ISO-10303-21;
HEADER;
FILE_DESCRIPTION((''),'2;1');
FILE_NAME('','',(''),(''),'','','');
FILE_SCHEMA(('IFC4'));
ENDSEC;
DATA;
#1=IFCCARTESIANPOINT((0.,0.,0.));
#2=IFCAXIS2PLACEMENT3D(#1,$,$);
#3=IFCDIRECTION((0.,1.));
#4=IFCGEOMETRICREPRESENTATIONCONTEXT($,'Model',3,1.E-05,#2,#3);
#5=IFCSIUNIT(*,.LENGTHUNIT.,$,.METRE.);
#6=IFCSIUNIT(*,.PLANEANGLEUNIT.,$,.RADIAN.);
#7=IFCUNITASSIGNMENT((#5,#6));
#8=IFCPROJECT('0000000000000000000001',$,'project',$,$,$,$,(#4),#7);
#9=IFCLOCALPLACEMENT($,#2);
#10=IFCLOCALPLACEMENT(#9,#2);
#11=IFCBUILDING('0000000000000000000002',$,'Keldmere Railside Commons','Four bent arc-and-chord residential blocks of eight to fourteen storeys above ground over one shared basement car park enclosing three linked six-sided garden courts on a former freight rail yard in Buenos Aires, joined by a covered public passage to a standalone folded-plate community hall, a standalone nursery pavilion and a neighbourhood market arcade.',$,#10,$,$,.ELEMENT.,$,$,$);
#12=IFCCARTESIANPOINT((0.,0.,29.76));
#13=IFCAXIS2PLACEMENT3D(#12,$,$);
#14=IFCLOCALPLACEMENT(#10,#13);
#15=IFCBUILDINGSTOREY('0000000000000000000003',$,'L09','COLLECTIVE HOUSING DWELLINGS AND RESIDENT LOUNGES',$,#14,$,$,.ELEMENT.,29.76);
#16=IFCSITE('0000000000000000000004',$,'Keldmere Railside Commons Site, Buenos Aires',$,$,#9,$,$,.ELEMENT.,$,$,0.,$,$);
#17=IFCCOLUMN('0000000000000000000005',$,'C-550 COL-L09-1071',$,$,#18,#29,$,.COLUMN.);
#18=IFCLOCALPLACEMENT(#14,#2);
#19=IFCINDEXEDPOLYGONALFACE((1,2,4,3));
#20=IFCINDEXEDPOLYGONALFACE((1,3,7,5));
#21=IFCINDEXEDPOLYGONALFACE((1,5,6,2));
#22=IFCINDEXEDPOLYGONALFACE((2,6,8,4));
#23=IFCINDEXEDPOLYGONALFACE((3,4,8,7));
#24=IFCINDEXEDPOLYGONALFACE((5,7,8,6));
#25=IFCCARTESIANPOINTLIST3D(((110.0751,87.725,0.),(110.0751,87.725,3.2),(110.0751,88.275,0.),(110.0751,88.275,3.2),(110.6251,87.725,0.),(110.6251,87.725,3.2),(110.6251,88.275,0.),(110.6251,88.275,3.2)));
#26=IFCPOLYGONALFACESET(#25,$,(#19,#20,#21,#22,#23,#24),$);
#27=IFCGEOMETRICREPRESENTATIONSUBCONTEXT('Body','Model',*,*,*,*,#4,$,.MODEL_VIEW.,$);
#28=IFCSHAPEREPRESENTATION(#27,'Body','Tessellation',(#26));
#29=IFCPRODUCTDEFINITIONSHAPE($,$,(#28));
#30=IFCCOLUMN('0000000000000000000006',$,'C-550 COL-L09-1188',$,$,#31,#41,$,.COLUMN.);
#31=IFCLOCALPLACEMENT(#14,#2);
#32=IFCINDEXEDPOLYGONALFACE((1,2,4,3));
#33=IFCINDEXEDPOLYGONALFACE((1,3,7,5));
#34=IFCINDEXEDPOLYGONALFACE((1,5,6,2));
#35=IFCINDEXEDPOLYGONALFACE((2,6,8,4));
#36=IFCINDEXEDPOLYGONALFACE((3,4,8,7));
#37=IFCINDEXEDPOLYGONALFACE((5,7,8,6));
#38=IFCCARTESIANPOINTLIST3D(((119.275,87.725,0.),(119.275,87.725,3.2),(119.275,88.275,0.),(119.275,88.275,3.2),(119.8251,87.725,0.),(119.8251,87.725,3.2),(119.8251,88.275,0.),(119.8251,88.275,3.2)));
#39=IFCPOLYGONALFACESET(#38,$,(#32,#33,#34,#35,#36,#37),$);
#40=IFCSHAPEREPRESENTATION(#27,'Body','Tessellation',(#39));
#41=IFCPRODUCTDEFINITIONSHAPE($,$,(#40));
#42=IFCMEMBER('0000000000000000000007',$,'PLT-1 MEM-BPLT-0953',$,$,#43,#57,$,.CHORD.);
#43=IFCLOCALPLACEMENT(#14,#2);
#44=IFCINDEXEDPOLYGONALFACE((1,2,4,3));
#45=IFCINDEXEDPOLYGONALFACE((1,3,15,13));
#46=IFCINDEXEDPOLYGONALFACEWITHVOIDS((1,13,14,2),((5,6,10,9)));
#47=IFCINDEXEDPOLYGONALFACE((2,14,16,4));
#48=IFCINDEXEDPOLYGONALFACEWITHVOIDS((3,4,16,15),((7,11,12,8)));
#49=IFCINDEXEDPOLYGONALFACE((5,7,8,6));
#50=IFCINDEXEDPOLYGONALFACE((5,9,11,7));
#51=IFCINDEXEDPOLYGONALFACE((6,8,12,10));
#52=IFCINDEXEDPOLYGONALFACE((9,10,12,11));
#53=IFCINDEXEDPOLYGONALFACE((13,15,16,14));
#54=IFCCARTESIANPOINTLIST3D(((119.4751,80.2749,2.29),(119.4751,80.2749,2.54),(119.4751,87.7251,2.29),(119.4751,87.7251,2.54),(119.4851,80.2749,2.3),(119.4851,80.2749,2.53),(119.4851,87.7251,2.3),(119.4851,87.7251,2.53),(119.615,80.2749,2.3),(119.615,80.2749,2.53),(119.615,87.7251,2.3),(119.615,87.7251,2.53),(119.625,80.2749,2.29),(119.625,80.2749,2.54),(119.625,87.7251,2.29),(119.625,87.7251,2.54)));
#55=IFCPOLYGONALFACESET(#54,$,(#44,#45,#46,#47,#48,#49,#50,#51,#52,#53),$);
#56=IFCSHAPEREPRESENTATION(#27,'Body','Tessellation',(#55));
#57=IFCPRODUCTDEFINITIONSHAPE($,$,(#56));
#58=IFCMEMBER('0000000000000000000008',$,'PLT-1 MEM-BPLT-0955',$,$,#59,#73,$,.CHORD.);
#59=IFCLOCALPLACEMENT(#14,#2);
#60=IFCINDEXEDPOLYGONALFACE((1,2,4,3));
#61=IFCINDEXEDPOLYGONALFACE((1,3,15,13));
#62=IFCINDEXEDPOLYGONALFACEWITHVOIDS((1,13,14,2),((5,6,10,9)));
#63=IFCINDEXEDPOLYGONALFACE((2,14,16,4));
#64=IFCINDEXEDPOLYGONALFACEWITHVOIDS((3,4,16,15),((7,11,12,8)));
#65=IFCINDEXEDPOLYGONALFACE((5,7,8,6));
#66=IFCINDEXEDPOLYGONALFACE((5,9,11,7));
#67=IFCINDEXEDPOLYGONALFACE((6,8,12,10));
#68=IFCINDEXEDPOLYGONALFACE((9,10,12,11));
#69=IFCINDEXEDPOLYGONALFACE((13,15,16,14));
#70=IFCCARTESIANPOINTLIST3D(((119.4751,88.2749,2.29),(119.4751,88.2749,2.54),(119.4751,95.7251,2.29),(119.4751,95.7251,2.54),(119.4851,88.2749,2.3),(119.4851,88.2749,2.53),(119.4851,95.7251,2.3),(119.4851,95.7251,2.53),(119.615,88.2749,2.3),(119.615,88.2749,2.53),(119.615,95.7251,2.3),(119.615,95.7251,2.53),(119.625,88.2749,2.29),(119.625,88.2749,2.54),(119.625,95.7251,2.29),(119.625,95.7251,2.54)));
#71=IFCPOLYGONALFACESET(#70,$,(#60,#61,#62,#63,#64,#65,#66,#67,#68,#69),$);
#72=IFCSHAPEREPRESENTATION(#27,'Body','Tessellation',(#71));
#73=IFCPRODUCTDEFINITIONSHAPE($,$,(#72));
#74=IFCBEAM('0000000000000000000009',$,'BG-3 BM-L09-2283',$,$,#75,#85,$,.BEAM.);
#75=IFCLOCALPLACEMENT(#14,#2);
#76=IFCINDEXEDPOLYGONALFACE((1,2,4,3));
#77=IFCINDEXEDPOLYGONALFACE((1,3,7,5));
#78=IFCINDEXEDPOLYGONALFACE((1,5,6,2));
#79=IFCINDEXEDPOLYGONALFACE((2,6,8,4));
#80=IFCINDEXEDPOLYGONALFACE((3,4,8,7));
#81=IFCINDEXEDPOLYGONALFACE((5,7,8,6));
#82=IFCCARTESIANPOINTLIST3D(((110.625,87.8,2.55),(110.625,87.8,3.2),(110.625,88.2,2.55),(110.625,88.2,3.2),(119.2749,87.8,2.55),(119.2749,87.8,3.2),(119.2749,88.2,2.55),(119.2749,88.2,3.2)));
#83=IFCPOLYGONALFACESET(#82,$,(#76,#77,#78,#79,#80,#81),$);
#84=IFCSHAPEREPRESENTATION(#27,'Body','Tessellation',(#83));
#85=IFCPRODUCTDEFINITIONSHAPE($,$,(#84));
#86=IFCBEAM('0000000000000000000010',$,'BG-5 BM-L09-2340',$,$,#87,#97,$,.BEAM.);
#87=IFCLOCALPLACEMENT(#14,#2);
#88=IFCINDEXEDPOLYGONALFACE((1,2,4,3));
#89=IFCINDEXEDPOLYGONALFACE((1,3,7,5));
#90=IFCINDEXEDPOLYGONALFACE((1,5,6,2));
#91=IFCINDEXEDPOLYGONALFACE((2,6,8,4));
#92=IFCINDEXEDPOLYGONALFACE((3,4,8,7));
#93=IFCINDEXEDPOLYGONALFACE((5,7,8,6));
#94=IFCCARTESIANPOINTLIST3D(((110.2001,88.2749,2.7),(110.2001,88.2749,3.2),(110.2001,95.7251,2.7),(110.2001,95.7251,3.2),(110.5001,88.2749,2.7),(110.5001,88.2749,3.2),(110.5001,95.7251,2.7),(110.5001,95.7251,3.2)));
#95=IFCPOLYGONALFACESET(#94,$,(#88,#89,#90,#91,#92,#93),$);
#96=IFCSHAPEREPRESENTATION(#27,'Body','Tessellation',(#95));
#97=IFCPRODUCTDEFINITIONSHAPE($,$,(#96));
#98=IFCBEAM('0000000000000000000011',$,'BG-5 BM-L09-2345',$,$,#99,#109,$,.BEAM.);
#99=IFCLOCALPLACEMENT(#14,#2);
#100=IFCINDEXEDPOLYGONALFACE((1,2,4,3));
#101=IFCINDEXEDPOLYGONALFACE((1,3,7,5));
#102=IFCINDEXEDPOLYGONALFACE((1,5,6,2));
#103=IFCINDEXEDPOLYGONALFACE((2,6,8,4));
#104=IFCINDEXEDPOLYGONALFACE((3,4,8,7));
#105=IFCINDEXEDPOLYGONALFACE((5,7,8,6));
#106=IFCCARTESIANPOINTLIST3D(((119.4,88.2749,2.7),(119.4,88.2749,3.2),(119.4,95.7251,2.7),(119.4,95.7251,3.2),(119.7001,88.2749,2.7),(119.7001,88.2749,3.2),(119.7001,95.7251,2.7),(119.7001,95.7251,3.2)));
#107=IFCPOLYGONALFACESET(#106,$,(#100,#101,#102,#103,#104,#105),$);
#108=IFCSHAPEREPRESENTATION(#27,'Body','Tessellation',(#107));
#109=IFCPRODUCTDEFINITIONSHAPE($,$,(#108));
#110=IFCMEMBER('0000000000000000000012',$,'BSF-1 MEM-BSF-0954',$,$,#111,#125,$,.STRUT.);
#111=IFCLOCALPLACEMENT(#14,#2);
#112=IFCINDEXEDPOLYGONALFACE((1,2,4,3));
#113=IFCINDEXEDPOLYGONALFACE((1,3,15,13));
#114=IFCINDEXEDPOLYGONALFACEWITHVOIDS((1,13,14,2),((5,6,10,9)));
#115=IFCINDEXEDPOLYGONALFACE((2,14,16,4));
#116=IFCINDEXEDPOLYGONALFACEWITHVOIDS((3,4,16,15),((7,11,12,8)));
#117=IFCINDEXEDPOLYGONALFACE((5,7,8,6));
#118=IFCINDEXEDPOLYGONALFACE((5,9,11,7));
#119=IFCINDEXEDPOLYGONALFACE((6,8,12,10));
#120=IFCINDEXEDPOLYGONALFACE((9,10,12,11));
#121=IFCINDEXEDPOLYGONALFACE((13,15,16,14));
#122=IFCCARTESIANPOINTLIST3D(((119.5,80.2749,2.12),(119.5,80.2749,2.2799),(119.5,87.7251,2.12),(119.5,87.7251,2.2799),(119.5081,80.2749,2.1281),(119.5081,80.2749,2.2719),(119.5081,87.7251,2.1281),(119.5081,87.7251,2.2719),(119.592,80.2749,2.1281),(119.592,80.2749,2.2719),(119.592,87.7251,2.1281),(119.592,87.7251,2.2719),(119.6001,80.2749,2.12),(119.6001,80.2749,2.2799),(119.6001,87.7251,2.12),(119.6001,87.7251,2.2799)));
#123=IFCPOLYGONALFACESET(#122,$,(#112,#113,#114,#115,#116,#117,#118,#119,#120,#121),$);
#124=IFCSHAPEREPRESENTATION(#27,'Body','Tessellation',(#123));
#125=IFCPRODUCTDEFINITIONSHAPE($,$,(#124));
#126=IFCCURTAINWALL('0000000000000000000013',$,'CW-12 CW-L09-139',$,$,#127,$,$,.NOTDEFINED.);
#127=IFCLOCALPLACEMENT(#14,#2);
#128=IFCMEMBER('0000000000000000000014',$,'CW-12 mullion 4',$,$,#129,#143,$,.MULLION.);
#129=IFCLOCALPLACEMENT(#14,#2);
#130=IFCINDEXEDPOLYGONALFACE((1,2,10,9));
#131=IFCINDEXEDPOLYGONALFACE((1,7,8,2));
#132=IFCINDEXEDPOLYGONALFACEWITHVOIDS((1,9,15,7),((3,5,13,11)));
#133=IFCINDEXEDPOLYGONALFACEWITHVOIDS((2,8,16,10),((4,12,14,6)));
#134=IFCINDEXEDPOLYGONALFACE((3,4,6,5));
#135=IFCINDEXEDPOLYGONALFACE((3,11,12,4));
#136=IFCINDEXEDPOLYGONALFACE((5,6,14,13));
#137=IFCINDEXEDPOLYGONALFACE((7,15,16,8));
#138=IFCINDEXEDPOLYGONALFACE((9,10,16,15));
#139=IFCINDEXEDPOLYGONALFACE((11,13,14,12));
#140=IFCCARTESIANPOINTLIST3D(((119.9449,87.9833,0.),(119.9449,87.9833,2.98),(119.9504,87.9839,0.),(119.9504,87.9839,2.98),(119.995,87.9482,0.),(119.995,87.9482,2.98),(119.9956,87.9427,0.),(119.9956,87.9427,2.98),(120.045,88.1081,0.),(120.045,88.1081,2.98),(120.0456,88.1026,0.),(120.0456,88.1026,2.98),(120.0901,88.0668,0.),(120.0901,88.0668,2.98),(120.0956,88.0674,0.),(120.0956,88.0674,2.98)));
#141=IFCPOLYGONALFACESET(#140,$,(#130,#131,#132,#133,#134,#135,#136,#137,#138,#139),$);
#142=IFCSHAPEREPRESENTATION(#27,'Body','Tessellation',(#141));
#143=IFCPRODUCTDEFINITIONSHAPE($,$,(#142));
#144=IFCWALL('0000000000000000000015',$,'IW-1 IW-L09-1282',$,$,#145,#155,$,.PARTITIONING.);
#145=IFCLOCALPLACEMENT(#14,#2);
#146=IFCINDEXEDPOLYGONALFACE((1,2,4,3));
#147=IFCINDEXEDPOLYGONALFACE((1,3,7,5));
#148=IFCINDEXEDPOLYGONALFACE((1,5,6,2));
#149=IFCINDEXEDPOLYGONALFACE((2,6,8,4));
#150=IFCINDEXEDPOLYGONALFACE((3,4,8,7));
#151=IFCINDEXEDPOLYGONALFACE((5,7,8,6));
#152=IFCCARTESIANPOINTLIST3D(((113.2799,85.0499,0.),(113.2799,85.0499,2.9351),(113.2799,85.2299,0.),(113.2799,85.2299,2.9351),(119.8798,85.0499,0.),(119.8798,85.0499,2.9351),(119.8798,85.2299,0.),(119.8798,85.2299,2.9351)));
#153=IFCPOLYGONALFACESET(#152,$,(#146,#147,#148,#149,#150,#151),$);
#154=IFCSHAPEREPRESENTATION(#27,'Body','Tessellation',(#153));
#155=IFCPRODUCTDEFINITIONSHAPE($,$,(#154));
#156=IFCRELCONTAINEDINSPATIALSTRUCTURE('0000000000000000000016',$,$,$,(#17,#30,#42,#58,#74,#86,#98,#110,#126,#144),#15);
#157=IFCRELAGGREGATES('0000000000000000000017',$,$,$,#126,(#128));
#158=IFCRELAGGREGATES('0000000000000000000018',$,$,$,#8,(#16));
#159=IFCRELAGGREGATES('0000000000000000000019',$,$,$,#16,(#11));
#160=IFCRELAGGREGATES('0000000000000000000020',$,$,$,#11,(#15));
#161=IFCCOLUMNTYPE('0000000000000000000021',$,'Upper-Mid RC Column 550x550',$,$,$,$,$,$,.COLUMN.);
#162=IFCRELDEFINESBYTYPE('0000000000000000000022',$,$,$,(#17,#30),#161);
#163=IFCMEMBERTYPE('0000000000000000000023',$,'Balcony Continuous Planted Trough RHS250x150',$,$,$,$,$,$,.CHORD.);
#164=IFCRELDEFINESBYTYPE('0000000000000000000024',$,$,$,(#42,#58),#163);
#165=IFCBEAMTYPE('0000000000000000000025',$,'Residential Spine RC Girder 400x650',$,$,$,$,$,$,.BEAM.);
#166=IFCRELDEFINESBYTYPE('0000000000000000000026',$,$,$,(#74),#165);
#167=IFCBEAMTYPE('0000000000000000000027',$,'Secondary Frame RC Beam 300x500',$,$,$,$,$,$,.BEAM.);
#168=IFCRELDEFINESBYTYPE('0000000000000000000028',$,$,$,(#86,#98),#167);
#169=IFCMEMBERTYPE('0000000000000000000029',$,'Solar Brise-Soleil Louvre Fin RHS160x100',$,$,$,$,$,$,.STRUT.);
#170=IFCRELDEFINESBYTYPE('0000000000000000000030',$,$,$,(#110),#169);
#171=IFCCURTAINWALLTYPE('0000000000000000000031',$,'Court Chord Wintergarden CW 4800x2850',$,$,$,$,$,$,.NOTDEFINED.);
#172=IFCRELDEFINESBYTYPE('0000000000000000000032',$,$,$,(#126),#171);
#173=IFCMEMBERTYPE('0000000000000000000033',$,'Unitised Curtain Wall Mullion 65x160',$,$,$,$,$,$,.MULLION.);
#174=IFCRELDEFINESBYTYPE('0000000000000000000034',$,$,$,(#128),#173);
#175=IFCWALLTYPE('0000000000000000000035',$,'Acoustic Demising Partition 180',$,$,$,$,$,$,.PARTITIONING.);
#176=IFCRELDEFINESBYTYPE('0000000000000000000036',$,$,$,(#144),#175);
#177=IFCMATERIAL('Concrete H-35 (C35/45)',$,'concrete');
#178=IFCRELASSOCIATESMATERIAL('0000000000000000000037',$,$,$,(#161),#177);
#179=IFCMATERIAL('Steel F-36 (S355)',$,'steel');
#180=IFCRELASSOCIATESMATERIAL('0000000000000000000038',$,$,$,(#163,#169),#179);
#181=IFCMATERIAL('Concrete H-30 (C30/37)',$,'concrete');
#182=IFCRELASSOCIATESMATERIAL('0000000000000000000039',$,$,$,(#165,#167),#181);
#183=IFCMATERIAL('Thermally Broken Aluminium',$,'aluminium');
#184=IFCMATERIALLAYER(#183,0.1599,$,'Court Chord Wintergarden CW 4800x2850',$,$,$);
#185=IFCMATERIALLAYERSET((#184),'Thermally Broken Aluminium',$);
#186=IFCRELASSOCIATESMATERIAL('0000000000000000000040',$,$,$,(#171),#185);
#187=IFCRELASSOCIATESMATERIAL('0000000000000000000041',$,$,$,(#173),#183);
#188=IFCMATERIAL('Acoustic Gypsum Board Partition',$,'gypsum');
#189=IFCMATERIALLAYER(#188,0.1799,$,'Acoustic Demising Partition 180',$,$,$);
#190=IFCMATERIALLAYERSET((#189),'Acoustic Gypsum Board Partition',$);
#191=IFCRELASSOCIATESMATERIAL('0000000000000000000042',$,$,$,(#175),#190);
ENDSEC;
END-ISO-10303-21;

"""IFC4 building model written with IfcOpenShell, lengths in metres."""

from ifc_helpers import new_model, si_unit, direction, frame, frame_2d, origin, origin_2d, place, context, subcontext, project, spatial, rectangle, hollow_rectangle, extrude, material, layer, layer_set, material_profile, profile_set, type_object, element, aggregate, save


model = new_model("IFC4")

# Units and contexts
model_context = context("Model", 3, precision=1e-05, world=origin(), true_north=direction((0.0, 1.0)))
body_context = subcontext(model_context, "Body", "Model", "MODEL_VIEW")
ifc_project = project(units=[si_unit("LENGTHUNIT", "METRE"), si_unit("PLANEANGLEUNIT", "RADIAN")], contexts=[model_context])

# Site, building, storey
site_placement = place(None, origin())
site = spatial("IfcSite", under=ifc_project, at=site_placement, Name="Keldmere Railside Commons Site, Buenos Aires", CompositionType="ELEMENT", RefElevation=0.0)
building_placement = place(site_placement, origin())
building = spatial("IfcBuilding", under=site, at=building_placement, Name="Keldmere Railside Commons", Description="Four bent arc-and-chord residential blocks of eight to fourteen storeys above ground over one shared basement car park enclosing three linked six-sided garden courts on a former freight rail yard in Buenos Aires, joined by a covered public passage to a standalone folded-plate community hall, a standalone nursery pavilion and a neighbourhood market arcade.", CompositionType="ELEMENT")
storey_placement = place(building_placement, frame((0.0, 0.0, 29.76)))
storey = spatial("IfcBuildingStorey", under=building, at=storey_placement, Name="L09", Description="COLLECTIVE HOUSING DWELLINGS AND RESIDENT LOUNGES", CompositionType="ELEMENT", Elevation=29.76)

# Columns
ifc_material_1 = material(Name="Concrete H-35 (C35/45)", Category="concrete")
ifc_material_profile_1 = material_profile(ifc_material_1, rectangle(XDim=0.55, YDim=0.55, at=origin_2d()), Name="RC-550x550")
ifc_profile_set_1 = profile_set([ifc_material_profile_1], Name="Concrete H-35 (C35/45)")
column_type = type_object("IfcColumnType", Name="Upper-Mid RC Column 550x550", PredefinedType="COLUMN", material=ifc_profile_set_1)
for number, where, z_axis, x_axis, name in (
    (1, (110.3501, 88.0, 0.0), (0.0, 0.0, 1.0), (1.0, 0.0, 0.0), "C-550 COL-L09-1071"),
    (2, (119.55, 88.0, 0.0), (0.0, 0.0, 1.0), (1.0, 0.0, 0.0), "C-550 COL-L09-1188"),
):
    element("IfcColumn", number, at=place(storey_placement, frame(where, z_axis=z_axis, x_axis=x_axis)), inside=storey, type_object=column_type, Name=name, PredefinedType="COLUMN", context=body_context, shape_type="SweptSolid", body=[
        extrude(rectangle(XDim=0.55, YDim=0.55, at=origin_2d()), origin(), (0.0, 0.0, 1.0), 3.2),
    ])

# Members
ifc_material_2 = material(Name="Steel F-36 (S355)", Category="steel")
ifc_material_profile_2 = material_profile(ifc_material_2, hollow_rectangle(XDim=0.1499, YDim=0.25, WallThickness=0.01, at=origin_2d()), Name="RHS-250x150x10")
ifc_profile_set_2 = profile_set([ifc_material_profile_2], Name="Steel F-36 (S355)")
member_type_1 = type_object("IfcMemberType", Name="Balcony Continuous Planted Trough RHS250x150", PredefinedType="CHORD", material=ifc_profile_set_2)
for number, where, z_axis, x_axis, name in (
    (3, (119.55, 80.2749, 2.415), (0.0, 1.0, 0.0), (-1.0, 0.0, 0.0), "PLT-1 MEM-BPLT-0953"),
    (4, (119.55, 88.2749, 2.415), (0.0, 1.0, 0.0), (-1.0, 0.0, 0.0), "PLT-1 MEM-BPLT-0955"),
):
    element("IfcMember", number, at=place(storey_placement, frame(where, z_axis=z_axis, x_axis=x_axis)), inside=storey, type_object=member_type_1, Name=name, PredefinedType="CHORD", context=body_context, shape_type="SweptSolid", body=[
        extrude(hollow_rectangle(XDim=0.1499, YDim=0.25, WallThickness=0.01, at=origin_2d()), origin(), (0.0, 0.0, 1.0), 7.4502),
    ])

# Beams
ifc_material_3 = material(Name="Concrete H-30 (C30/37)", Category="concrete")
ifc_material_profile_3 = material_profile(ifc_material_3, rectangle(XDim=0.3999, YDim=0.6499, at=origin_2d()), Name="RC-400x650")
ifc_profile_set_3 = profile_set([ifc_material_profile_3], Name="Concrete H-30 (C30/37)")
beam_type_1 = type_object("IfcBeamType", Name="Residential Spine RC Girder 400x650", PredefinedType="BEAM", material=ifc_profile_set_3)
beam_placement = place(storey_placement, frame((110.625, 88.0, 2.875), z_axis=(1.0, 0.0, 0.0), x_axis=(0.0, 1.0, 0.0)))
element("IfcBeam", 5, at=beam_placement, inside=storey, type_object=beam_type_1, Name="BG-3 BM-L09-2283", PredefinedType="BEAM", context=body_context, shape_type="SweptSolid", body=[
    extrude(rectangle(XDim=0.3999, YDim=0.6499, at=origin_2d()), origin(), (0.0, 0.0, 1.0), 8.6499),
])
ifc_material_profile_4 = material_profile(ifc_material_3, rectangle(XDim=0.3, YDim=0.5, at=origin_2d()), Name="RC-300x500")
ifc_profile_set_4 = profile_set([ifc_material_profile_4], Name="Concrete H-30 (C30/37)")
beam_type_2 = type_object("IfcBeamType", Name="Secondary Frame RC Beam 300x500", PredefinedType="BEAM", material=ifc_profile_set_4)
for number, where, z_axis, x_axis, name in (
    (6, (110.3501, 88.2749, 2.95), (0.0, 1.0, 0.0), (-1.0, 0.0, 0.0), "BG-5 BM-L09-2340"),
    (7, (119.55, 88.2749, 2.95), (0.0, 1.0, 0.0), (-1.0, 0.0, 0.0), "BG-5 BM-L09-2345"),
):
    element("IfcBeam", number, at=place(storey_placement, frame(where, z_axis=z_axis, x_axis=x_axis)), inside=storey, type_object=beam_type_2, Name=name, PredefinedType="BEAM", context=body_context, shape_type="SweptSolid", body=[
        extrude(rectangle(XDim=0.3, YDim=0.5, at=origin_2d()), origin(), (0.0, 0.0, 1.0), 7.4502),
    ])

# Member
ifc_material_profile_5 = material_profile(ifc_material_2, hollow_rectangle(XDim=0.1001, YDim=0.1599, WallThickness=0.0081, at=origin_2d()), Name="RHS-160x100x8")
ifc_profile_set_5 = profile_set([ifc_material_profile_5], Name="Steel F-36 (S355)")
member_type_2 = type_object("IfcMemberType", Name="Solar Brise-Soleil Louvre Fin RHS160x100", PredefinedType="STRUT", material=ifc_profile_set_5)
member_1_placement = place(storey_placement, frame((119.55, 80.2749, 2.2), z_axis=(0.0, 1.0, 0.0), x_axis=(-1.0, 0.0, 0.0)))
element("IfcMember", 8, at=member_1_placement, inside=storey, type_object=member_type_2, Name="BSF-1 MEM-BSF-0954", PredefinedType="STRUT", context=body_context, shape_type="SweptSolid", body=[
    extrude(hollow_rectangle(XDim=0.1001, YDim=0.1599, WallThickness=0.0081, at=origin_2d()), origin(), (0.0, 0.0, 1.0), 7.4502),
])

# Curtain wall, member
ifc_material_4 = material(Name="Thermally Broken Aluminium", Category="aluminium")
ifc_layer_1 = layer(ifc_material_4, 0.1599, Name="Court Chord Wintergarden CW 4800x2850")
ifc_layer_set_1 = layer_set([ifc_layer_1], Name="Thermally Broken Aluminium")
curtain_wall_type = type_object("IfcCurtainWallType", Name="Court Chord Wintergarden CW 4800x2850", PredefinedType="NOTDEFINED", material=ifc_layer_set_1)
curtain_wall_placement = place(storey_placement, origin())
curtain_wall = element("IfcCurtainWall", 9, at=curtain_wall_placement, inside=storey, type_object=curtain_wall_type, Name="CW-12 CW-L09-139", PredefinedType="NOTDEFINED")
ifc_material_profile_6 = material_profile(ifc_material_4, hollow_rectangle(XDim=0.0649, YDim=0.1599, WallThickness=0.0039, at=origin_2d()), Name="ALU-MULL-65x160")
ifc_profile_set_6 = profile_set([ifc_material_profile_6], Name="Thermally Broken Aluminium")
member_type_3 = type_object("IfcMemberType", Name="Unitised Curtain Wall Mullion 65x160", PredefinedType="MULLION", material=ifc_profile_set_6)
member_2_placement = place(storey_placement, frame((120.0203, 88.0254, 0.0), z_axis=(0.0, 0.0, 1.0), x_axis=(0.780009, -0.625768, 0.0)))
member_2 = element("IfcMember", 10, at=member_2_placement, type_object=member_type_3, Name="CW-12 mullion 4", PredefinedType="MULLION", context=body_context, shape_type="SweptSolid", body=[
    extrude(hollow_rectangle(XDim=0.0649, YDim=0.1599, WallThickness=0.0039, at=origin_2d()), origin(), (0.0, 0.0, 1.0), 2.98),
])
aggregate(curtain_wall, [member_2])

# Wall
ifc_material_5 = material(Name="Acoustic Gypsum Board Partition", Category="gypsum")
ifc_layer_2 = layer(ifc_material_5, 0.1799, Name="Acoustic Demising Partition 180")
ifc_layer_set_2 = layer_set([ifc_layer_2], Name="Acoustic Gypsum Board Partition")
wall_type_1 = type_object("IfcWallType", Name="Acoustic Demising Partition 180", PredefinedType="PARTITIONING", material=ifc_layer_set_2)
wall_1_placement = place(storey_placement, frame((113.28, 85.1399, 0.0), z_axis=(0.0, 0.0, 1.0), x_axis=(1.0, 0.0, 0.0)))
element("IfcWall", 11, at=wall_1_placement, inside=storey, type_object=wall_type_1, Name="IW-1 IW-L09-1282", PredefinedType="PARTITIONING", context=body_context, shape_type="SweptSolid", body=[
    extrude(rectangle(XDim=6.5999, YDim=0.1799, at=frame_2d((3.2998, 0.0))), origin(), (0.0, 0.0, 1.0), 2.9351),
])

save(model, "model.ifc")
